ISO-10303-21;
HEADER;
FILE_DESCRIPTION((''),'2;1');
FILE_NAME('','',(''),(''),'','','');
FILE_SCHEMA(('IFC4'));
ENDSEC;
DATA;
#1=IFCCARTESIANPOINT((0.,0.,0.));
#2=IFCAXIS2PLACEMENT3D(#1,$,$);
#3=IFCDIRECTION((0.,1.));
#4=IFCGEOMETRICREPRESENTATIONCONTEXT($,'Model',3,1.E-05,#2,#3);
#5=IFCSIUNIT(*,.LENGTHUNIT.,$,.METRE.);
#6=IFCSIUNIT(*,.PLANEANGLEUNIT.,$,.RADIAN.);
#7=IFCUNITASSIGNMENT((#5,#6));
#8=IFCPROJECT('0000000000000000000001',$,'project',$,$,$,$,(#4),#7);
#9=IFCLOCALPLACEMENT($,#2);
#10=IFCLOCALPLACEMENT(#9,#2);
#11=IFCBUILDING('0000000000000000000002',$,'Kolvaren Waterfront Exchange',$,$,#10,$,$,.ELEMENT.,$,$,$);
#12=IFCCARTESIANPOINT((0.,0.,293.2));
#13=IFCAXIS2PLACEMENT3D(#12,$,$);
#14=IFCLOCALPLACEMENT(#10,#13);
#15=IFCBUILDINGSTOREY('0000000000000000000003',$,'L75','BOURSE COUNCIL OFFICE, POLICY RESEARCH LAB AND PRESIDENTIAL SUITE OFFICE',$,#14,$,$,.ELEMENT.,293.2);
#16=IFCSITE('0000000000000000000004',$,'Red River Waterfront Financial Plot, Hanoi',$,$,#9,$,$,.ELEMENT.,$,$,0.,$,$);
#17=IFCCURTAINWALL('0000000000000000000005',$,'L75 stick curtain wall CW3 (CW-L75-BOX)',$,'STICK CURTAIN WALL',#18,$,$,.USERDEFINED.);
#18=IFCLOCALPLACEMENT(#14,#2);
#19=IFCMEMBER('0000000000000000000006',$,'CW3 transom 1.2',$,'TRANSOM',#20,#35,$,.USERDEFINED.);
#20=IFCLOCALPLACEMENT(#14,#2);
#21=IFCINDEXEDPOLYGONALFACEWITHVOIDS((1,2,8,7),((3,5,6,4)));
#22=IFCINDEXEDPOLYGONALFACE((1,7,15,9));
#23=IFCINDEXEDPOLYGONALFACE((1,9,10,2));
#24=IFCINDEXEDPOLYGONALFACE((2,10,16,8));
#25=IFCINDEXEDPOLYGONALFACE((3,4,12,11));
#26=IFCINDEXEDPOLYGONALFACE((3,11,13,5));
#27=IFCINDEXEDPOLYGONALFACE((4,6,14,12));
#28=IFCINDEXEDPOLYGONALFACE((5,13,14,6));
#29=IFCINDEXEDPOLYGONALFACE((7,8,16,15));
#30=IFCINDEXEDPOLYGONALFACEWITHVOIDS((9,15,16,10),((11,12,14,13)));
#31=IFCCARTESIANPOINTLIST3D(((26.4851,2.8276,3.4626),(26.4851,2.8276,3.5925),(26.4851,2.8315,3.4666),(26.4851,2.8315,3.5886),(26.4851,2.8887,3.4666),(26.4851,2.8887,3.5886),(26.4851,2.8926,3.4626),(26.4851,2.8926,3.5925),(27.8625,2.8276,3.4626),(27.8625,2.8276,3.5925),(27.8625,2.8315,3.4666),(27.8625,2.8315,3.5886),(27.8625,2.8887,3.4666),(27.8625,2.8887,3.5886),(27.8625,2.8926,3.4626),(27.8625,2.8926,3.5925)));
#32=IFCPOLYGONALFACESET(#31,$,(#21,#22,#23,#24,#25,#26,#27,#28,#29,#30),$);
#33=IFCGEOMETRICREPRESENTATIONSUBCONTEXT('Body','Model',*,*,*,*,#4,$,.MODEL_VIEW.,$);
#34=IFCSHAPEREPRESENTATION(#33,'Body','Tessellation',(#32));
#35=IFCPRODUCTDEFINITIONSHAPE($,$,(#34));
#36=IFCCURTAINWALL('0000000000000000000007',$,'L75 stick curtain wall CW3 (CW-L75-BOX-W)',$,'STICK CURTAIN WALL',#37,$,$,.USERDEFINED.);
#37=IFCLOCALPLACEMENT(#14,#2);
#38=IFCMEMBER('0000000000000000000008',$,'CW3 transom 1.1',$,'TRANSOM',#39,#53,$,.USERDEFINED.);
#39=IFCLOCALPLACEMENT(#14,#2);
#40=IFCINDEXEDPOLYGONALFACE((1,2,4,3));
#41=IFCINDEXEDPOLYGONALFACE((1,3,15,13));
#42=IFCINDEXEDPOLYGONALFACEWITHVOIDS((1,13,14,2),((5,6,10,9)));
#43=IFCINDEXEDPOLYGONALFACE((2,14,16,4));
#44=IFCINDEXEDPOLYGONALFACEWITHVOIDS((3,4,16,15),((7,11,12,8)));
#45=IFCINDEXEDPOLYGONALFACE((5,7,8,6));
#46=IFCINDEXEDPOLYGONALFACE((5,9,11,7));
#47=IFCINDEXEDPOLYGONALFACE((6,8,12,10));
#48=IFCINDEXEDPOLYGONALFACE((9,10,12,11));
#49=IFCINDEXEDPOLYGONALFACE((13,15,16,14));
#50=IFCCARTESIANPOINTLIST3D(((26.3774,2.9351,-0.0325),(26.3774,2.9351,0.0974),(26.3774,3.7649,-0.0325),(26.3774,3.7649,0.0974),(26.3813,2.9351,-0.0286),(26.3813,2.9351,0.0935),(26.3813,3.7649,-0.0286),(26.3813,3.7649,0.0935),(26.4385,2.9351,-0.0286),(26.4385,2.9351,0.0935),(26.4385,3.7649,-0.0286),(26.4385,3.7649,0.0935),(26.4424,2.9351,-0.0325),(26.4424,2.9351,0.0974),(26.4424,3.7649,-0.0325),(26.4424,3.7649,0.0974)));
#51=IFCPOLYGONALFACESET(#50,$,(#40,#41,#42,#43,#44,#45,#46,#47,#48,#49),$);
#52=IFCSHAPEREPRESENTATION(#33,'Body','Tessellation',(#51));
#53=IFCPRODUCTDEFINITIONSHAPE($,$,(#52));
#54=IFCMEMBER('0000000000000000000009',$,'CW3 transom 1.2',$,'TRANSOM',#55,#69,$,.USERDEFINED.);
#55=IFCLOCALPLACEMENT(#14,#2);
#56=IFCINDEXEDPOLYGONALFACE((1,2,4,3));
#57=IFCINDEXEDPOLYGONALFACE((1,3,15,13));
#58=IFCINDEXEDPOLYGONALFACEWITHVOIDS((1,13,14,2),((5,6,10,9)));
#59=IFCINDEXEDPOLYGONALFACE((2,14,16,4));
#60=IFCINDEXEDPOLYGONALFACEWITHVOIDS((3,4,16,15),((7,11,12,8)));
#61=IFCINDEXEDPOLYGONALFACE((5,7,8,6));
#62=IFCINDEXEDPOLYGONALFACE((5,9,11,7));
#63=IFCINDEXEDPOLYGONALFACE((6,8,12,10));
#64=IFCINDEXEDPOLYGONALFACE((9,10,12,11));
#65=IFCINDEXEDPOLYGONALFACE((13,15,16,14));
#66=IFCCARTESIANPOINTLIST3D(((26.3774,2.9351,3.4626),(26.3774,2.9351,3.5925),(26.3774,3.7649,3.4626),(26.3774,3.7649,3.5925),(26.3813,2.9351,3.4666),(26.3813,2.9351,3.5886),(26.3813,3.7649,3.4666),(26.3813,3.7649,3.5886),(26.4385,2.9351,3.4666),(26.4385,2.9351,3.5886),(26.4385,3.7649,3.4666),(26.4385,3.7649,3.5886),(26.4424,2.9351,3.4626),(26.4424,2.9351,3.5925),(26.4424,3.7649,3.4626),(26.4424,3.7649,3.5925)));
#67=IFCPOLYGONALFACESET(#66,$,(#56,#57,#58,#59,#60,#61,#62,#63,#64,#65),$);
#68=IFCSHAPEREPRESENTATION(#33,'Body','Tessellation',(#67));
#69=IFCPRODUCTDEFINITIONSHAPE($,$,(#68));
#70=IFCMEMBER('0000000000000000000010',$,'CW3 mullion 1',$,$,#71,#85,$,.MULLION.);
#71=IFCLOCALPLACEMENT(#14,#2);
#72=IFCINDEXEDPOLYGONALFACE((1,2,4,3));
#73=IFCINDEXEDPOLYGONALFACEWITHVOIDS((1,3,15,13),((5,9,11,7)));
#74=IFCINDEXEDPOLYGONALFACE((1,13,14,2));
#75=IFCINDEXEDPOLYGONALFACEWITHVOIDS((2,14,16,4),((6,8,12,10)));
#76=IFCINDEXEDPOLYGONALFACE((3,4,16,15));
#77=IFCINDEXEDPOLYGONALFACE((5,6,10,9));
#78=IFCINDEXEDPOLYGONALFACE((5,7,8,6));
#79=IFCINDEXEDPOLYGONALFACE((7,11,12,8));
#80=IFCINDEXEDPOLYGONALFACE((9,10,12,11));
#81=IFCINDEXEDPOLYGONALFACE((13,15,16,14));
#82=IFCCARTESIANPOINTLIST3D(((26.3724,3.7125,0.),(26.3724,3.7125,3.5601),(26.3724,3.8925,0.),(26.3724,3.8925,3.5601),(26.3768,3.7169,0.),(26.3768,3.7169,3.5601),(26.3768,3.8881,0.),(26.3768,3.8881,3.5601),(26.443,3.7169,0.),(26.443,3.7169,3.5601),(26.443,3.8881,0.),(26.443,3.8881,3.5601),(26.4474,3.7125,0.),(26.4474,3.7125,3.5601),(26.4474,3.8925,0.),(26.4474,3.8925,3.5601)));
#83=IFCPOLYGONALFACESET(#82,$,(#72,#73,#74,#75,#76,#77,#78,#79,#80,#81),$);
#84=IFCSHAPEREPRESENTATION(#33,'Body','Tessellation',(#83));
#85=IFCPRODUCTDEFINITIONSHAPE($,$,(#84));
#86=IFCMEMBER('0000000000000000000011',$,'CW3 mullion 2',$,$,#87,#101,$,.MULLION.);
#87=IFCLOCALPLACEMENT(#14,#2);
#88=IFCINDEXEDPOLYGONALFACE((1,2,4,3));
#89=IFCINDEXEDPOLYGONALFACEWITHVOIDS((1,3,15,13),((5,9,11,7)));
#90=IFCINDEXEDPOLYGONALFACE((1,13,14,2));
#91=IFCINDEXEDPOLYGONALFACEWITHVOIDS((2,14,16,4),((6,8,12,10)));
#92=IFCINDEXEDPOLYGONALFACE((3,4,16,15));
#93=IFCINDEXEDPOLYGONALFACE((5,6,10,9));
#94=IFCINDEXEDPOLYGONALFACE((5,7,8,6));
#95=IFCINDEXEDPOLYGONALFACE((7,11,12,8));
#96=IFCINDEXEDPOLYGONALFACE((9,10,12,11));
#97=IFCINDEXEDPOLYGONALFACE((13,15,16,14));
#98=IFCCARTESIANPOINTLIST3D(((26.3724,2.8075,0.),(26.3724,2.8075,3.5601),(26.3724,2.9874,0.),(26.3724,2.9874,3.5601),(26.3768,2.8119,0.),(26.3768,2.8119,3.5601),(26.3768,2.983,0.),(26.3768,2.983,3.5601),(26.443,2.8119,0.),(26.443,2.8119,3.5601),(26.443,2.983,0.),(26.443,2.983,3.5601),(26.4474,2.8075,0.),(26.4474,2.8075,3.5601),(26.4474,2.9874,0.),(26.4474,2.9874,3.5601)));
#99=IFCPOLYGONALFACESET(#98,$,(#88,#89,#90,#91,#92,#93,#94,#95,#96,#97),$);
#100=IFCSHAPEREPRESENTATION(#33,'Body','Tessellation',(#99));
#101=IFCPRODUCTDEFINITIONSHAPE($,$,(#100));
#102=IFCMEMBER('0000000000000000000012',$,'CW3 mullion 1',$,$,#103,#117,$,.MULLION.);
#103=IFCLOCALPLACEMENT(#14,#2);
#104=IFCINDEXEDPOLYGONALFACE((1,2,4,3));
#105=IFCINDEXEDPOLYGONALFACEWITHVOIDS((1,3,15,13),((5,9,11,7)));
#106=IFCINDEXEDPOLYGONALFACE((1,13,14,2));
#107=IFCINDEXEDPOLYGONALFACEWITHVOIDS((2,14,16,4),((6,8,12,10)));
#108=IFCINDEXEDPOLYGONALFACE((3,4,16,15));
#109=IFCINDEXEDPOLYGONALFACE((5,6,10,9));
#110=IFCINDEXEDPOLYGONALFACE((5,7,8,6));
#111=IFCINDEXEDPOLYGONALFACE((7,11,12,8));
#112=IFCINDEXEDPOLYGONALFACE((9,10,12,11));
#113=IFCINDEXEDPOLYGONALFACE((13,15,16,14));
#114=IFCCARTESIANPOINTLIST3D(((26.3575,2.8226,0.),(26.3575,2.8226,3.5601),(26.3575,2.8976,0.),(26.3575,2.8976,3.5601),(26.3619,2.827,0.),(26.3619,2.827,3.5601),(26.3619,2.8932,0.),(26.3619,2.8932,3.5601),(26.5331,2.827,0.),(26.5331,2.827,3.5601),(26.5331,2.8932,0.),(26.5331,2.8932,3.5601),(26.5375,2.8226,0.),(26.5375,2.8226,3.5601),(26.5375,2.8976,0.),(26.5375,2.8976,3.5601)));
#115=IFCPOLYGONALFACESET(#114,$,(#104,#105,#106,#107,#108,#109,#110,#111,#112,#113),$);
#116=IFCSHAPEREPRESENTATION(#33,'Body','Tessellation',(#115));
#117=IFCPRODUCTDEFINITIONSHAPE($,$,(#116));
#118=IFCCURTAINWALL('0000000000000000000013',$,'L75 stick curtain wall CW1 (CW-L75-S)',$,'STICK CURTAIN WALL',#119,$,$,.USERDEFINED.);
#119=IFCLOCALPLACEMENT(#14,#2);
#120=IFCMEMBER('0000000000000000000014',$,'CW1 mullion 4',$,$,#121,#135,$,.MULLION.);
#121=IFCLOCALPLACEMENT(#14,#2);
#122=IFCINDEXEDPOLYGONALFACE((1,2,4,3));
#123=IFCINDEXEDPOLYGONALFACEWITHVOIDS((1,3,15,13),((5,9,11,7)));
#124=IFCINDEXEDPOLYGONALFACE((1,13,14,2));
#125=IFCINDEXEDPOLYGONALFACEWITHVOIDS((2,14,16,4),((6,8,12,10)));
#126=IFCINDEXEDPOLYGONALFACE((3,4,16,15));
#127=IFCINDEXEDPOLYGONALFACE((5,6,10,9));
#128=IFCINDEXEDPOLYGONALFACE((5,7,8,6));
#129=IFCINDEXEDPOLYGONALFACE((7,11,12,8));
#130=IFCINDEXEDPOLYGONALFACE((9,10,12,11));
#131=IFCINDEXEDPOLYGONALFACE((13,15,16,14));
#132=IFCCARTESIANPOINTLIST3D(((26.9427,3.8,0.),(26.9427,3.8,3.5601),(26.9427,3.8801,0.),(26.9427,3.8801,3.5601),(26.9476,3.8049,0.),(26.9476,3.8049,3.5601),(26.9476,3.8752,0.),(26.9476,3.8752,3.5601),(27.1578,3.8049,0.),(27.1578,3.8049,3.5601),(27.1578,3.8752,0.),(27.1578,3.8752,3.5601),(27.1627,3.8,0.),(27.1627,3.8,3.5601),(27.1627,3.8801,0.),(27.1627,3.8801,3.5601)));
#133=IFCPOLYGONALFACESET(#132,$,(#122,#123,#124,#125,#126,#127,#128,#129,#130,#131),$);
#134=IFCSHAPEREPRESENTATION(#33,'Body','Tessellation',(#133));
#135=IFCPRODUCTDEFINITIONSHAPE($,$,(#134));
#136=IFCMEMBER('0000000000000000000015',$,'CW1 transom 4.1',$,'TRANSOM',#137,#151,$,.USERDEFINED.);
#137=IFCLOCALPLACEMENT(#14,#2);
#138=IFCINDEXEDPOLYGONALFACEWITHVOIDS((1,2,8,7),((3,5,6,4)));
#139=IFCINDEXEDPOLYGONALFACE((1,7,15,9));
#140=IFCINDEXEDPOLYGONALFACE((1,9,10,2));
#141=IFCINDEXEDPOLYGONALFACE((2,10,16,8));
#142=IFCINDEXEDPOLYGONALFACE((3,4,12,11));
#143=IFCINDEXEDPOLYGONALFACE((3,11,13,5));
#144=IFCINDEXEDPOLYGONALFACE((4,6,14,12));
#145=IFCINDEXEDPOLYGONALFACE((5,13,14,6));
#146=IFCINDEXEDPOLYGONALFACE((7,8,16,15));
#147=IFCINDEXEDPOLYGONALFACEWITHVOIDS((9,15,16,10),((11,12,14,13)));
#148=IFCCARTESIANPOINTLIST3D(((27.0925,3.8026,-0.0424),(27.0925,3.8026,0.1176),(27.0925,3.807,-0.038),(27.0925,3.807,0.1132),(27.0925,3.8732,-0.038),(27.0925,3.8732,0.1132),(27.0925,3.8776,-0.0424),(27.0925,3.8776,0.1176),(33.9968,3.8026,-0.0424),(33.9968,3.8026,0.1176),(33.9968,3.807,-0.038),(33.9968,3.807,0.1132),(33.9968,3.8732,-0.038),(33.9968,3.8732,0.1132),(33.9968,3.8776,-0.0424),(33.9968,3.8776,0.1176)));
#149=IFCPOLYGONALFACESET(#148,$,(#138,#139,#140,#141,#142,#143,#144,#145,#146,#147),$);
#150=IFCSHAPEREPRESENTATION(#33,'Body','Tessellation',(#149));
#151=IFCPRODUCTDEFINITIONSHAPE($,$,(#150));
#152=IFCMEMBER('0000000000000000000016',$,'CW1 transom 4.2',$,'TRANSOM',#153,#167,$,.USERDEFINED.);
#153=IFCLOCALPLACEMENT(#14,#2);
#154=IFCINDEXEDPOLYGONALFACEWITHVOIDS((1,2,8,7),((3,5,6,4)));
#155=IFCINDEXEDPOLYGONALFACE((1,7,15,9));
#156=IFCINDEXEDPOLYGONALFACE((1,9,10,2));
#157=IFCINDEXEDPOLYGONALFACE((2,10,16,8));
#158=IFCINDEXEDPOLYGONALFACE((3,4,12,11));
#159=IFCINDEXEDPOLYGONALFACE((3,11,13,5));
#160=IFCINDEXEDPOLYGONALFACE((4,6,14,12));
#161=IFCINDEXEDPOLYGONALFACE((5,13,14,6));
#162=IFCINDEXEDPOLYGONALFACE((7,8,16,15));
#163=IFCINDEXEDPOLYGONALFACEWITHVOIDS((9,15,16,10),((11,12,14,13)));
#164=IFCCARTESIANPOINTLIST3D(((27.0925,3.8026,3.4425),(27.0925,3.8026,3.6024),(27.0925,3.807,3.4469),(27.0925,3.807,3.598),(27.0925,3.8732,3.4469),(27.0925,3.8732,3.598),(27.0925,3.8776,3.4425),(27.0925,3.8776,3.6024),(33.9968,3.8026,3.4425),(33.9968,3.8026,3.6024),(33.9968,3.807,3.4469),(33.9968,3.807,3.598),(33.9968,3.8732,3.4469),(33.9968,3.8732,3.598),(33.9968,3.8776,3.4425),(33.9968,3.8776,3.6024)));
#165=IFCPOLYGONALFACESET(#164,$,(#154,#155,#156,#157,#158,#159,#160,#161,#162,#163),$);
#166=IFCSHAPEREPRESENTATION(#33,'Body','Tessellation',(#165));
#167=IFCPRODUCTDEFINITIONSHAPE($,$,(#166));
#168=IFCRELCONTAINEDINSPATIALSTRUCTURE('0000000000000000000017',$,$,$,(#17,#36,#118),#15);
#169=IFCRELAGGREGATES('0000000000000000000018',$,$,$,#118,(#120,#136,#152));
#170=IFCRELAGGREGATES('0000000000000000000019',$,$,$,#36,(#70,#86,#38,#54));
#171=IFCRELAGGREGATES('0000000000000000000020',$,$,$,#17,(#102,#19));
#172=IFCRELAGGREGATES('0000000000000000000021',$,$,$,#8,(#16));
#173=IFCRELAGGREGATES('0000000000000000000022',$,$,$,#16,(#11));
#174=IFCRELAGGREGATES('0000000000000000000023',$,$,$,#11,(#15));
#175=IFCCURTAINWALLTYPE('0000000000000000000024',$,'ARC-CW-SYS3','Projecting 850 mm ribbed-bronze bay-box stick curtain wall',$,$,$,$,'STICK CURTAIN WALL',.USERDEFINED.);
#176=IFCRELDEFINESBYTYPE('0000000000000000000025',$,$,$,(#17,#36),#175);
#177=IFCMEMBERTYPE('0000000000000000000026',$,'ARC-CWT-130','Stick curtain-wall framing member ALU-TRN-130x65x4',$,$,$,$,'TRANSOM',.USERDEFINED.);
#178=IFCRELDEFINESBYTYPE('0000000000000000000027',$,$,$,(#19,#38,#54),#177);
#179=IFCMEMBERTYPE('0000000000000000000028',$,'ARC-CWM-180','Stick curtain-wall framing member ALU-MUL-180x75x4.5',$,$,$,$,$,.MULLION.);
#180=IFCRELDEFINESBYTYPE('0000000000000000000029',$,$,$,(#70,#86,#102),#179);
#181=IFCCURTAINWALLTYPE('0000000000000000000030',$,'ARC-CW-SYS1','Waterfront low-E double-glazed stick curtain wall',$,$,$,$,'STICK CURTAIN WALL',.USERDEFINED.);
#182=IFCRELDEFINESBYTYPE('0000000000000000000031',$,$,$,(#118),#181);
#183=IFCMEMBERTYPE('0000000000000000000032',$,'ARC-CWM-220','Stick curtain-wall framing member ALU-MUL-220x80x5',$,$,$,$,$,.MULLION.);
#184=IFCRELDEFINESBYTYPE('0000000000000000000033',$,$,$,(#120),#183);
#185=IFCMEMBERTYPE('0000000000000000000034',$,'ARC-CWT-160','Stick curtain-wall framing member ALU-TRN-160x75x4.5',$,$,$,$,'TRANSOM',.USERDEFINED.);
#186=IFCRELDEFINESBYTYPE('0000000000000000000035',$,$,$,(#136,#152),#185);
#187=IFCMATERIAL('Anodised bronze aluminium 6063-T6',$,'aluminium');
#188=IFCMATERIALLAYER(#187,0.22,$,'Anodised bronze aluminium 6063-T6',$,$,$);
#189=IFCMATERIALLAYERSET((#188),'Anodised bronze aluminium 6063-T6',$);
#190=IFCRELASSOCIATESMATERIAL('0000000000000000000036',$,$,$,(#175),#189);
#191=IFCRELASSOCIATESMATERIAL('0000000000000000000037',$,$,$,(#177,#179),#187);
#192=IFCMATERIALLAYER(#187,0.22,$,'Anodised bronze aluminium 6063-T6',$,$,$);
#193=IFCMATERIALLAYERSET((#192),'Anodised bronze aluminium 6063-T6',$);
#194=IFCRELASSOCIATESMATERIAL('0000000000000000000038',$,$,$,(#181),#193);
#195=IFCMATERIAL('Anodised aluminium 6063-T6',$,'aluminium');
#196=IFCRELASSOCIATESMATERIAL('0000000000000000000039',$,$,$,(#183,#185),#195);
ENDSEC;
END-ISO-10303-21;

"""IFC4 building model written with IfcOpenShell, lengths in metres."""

from ifc_helpers import new_model, si_unit, direction, frame, origin, origin_with_axes, origin_2d, place, context, subcontext, project, spatial, hollow_rectangle, extrude, source, transform, mapped, material, layer, layer_set, material_profile, profile_set, type_object, element, aggregate, save


model = new_model("IFC4")

# Units and contexts
model_context = context("Model", 3, precision=1e-05, world=origin(), true_north=direction((0.0, 1.0)))
body_context = subcontext(model_context, "Body", "Model", "MODEL_VIEW")
ifc_project = project(units=[si_unit("LENGTHUNIT", "METRE"), si_unit("PLANEANGLEUNIT", "RADIAN")], contexts=[model_context])

# Site, building, storey
site_placement = place(None, origin())
site = spatial("IfcSite", under=ifc_project, at=site_placement, Name="Red River Waterfront Financial Plot, Hanoi", CompositionType="ELEMENT", RefElevation=0.0)
building_placement = place(site_placement, origin())
building = spatial("IfcBuilding", under=site, at=building_placement, Name="Kolvaren Waterfront Exchange", CompositionType="ELEMENT")
storey_placement = place(building_placement, frame((0.0, 0.0, 293.2)))
storey = spatial("IfcBuildingStorey", under=building, at=storey_placement, Name="L75", Description="BOURSE COUNCIL OFFICE, POLICY RESEARCH LAB AND PRESIDENTIAL SUITE OFFICE", CompositionType="ELEMENT", Elevation=293.2)

# Curtain walls, members
ifc_material_1 = material(Name="Anodised bronze aluminium 6063-T6", Category="aluminium")
ifc_layer_1 = layer(ifc_material_1, 0.22, Name="Anodised bronze aluminium 6063-T6")
ifc_layer_set_1 = layer_set([ifc_layer_1], Name="Anodised bronze aluminium 6063-T6")
curtain_wall_type_1 = type_object("IfcCurtainWallType", Name="ARC-CW-SYS3", Description="Projecting 850 mm ribbed-bronze bay-box stick curtain wall", ElementType="STICK CURTAIN WALL", PredefinedType="USERDEFINED", material=ifc_layer_set_1)
curtain_wall_1_placement = place(storey_placement, origin())
curtain_wall_1 = element("IfcCurtainWall", 1, at=curtain_wall_1_placement, inside=storey, type_object=curtain_wall_type_1, Name="L75 stick curtain wall CW3 (CW-L75-BOX)", ObjectType="STICK CURTAIN WALL", PredefinedType="USERDEFINED")
ifc_material_profile_1 = material_profile(ifc_material_1, hollow_rectangle(XDim=0.0649, YDim=0.1299, WallThickness=0.0039, at=origin_2d()), Name="ALU-TRN-130x65x4")
ifc_profile_set_1 = profile_set([ifc_material_profile_1], Name="Anodised bronze aluminium 6063-T6")
member_type_1 = type_object("IfcMemberType", Name="ARC-CWT-130", Description="Stick curtain-wall framing member ALU-TRN-130x65x4", ElementType="TRANSOM", PredefinedType="USERDEFINED", material=ifc_profile_set_1)
shared_shape_1 = source(origin_with_axes(), body_context, "Body", "SweptSolid", [
    extrude(hollow_rectangle(XDim=0.0649, YDim=0.1299, WallThickness=0.0039, at=origin_2d()), origin(), (0.0, 0.0, 1.0), 1.3774),
])
member_1_placement = place(storey_placement, frame((26.4851, 2.8601, 3.5276), z_axis=(1.0, 0.0, 0.0), x_axis=(0.0, 1.0, 0.0)))
member_1 = element("IfcMember", 2, at=member_1_placement, type_object=member_type_1, Name="CW3 transom 1.2", ObjectType="TRANSOM", PredefinedType="USERDEFINED", context=body_context, shape_type="MappedRepresentation", body=[
    mapped(shared_shape_1, transform((0.0, 0.0, 0.0), x_axis=(1.0, 0.0, 0.0), y_axis=(0.0, 1.0, 0.0), z_axis=(0.0, 0.0, 1.0), scale=1.0)),
])
curtain_wall_2_placement = place(storey_placement, origin())
curtain_wall_2 = element("IfcCurtainWall", 3, at=curtain_wall_2_placement, inside=storey, type_object=curtain_wall_type_1, Name="L75 stick curtain wall CW3 (CW-L75-BOX-W)", ObjectType="STICK CURTAIN WALL", PredefinedType="USERDEFINED")
shared_shape_2 = source(origin_with_axes(), body_context, "Body", "SweptSolid", [
    extrude(hollow_rectangle(XDim=0.0649, YDim=0.1299, WallThickness=0.0039, at=origin_2d()), origin(), (0.0, 0.0, 1.0), 0.8298),
])
member_2_placement = place(storey_placement, frame((26.4099, 3.7649, 0.0325), z_axis=(0.0, -1.0, 0.0), x_axis=(1.0, 0.0, 0.0)))
member_2 = element("IfcMember", 4, at=member_2_placement, type_object=member_type_1, Name="CW3 transom 1.1", ObjectType="TRANSOM", PredefinedType="USERDEFINED", context=body_context, shape_type="MappedRepresentation", body=[
    mapped(shared_shape_2, transform((0.0, 0.0, 0.0), x_axis=(1.0, 0.0, 0.0), y_axis=(0.0, 1.0, 0.0), z_axis=(0.0, 0.0, 1.0), scale=1.0)),
])
member_3_placement = place(storey_placement, frame((26.4099, 3.7649, 3.5276), z_axis=(0.0, -1.0, 0.0), x_axis=(1.0, 0.0, 0.0)))
member_3 = element("IfcMember", 5, at=member_3_placement, type_object=member_type_1, Name="CW3 transom 1.2", ObjectType="TRANSOM", PredefinedType="USERDEFINED", context=body_context, shape_type="MappedRepresentation", body=[
    mapped(shared_shape_2, transform((0.0, 0.0, 0.0), x_axis=(1.0, 0.0, 0.0), y_axis=(0.0, 1.0, 0.0), z_axis=(0.0, 0.0, 1.0), scale=1.0)),
])
ifc_material_profile_2 = material_profile(ifc_material_1, hollow_rectangle(XDim=0.075, YDim=0.1799, WallThickness=0.0044, at=origin_2d()), Name="ALU-MUL-180x75x4.5")
ifc_profile_set_2 = profile_set([ifc_material_profile_2], Name="Anodised bronze aluminium 6063-T6")
member_type_2 = type_object("IfcMemberType", Name="ARC-CWM-180", Description="Stick curtain-wall framing member ALU-MUL-180x75x4.5", PredefinedType="MULLION", material=ifc_profile_set_2)
shared_shape_3 = source(origin_with_axes(), body_context, "Body", "SweptSolid", [
    extrude(hollow_rectangle(XDim=0.075, YDim=0.1799, WallThickness=0.0044, at=origin_2d()), origin(), (0.0, 0.0, 1.0), 3.5601),
])
member_4_placement = place(storey_placement, frame((26.4099, 3.8025, 0.0), z_axis=(0.0, 0.0, 1.0), x_axis=(1.0, 0.0, 0.0)))
member_4 = element("IfcMember", 6, at=member_4_placement, type_object=member_type_2, Name="CW3 mullion 1", PredefinedType="MULLION", context=body_context, shape_type="MappedRepresentation", body=[
    mapped(shared_shape_3, transform((0.0, 0.0, 0.0), x_axis=(1.0, 0.0, 0.0), y_axis=(0.0, 1.0, 0.0), z_axis=(0.0, 0.0, 1.0), scale=1.0)),
])
member_5_placement = place(storey_placement, frame((26.4099, 2.8975, 0.0), z_axis=(0.0, 0.0, 1.0), x_axis=(1.0, 0.0, 0.0)))
member_5 = element("IfcMember", 7, at=member_5_placement, type_object=member_type_2, Name="CW3 mullion 2", PredefinedType="MULLION", context=body_context, shape_type="MappedRepresentation", body=[
    mapped(shared_shape_3, transform((0.0, 0.0, 0.0), x_axis=(1.0, 0.0, 0.0), y_axis=(0.0, 1.0, 0.0), z_axis=(0.0, 0.0, 1.0), scale=1.0)),
])

# Member
member_6_placement = place(storey_placement, frame((26.4475, 2.8601, 0.0), z_axis=(0.0, 0.0, 1.0), x_axis=(0.0, 1.0, 0.0)))
member_6 = element("IfcMember", 8, at=member_6_placement, type_object=member_type_2, Name="CW3 mullion 1", PredefinedType="MULLION", context=body_context, shape_type="MappedRepresentation", body=[
    mapped(shared_shape_3, transform((0.0, 0.0, 0.0), x_axis=(1.0, 0.0, 0.0), y_axis=(0.0, 1.0, 0.0), z_axis=(0.0, 0.0, 1.0), scale=1.0)),
])

# Curtain wall, members
ifc_layer_2 = layer(ifc_material_1, 0.22, Name="Anodised bronze aluminium 6063-T6")
ifc_layer_set_2 = layer_set([ifc_layer_2], Name="Anodised bronze aluminium 6063-T6")
curtain_wall_type_2 = type_object("IfcCurtainWallType", Name="ARC-CW-SYS1", Description="Waterfront low-E double-glazed stick curtain wall", ElementType="STICK CURTAIN WALL", PredefinedType="USERDEFINED", material=ifc_layer_set_2)
curtain_wall_3_placement = place(storey_placement, origin())
curtain_wall_3 = element("IfcCurtainWall", 9, at=curtain_wall_3_placement, inside=storey, type_object=curtain_wall_type_2, Name="L75 stick curtain wall CW1 (CW-L75-S)", ObjectType="STICK CURTAIN WALL", PredefinedType="USERDEFINED")
ifc_material_2 = material(Name="Anodised aluminium 6063-T6", Category="aluminium")
ifc_material_profile_3 = material_profile(ifc_material_2, hollow_rectangle(XDim=0.0801, YDim=0.22, WallThickness=0.0049, at=origin_2d()), Name="ALU-MUL-220x80x5")
ifc_profile_set_3 = profile_set([ifc_material_profile_3], Name="Anodised aluminium 6063-T6")
member_type_3 = type_object("IfcMemberType", Name="ARC-CWM-220", Description="Stick curtain-wall framing member ALU-MUL-220x80x5", PredefinedType="MULLION", material=ifc_profile_set_3)
shared_shape_4 = source(origin_with_axes(), body_context, "Body", "SweptSolid", [
    extrude(hollow_rectangle(XDim=0.0801, YDim=0.22, WallThickness=0.0049, at=origin_2d()), origin(), (0.0, 0.0, 1.0), 3.5601),
])
member_7_placement = place(storey_placement, frame((27.0527, 3.8401, 0.0), z_axis=(0.0, 0.0, 1.0), x_axis=(0.0, 1.0, 0.0)))
member_7 = element("IfcMember", 10, at=member_7_placement, type_object=member_type_3, Name="CW1 mullion 4", PredefinedType="MULLION", context=body_context, shape_type="MappedRepresentation", body=[
    mapped(shared_shape_4, transform((0.0, 0.0, 0.0), x_axis=(1.0, 0.0, 0.0), y_axis=(0.0, 1.0, 0.0), z_axis=(0.0, 0.0, 1.0), scale=1.0)),
])
ifc_material_profile_4 = material_profile(ifc_material_2, hollow_rectangle(XDim=0.075, YDim=0.1599, WallThickness=0.0044, at=origin_2d()), Name="ALU-TRN-160x75x4.5")
ifc_profile_set_4 = profile_set([ifc_material_profile_4], Name="Anodised aluminium 6063-T6")
member_type_4 = type_object("IfcMemberType", Name="ARC-CWT-160", Description="Stick curtain-wall framing member ALU-TRN-160x75x4.5", ElementType="TRANSOM", PredefinedType="USERDEFINED", material=ifc_profile_set_4)
shared_shape_5 = source(origin_with_axes(), body_context, "Body", "SweptSolid", [
    extrude(hollow_rectangle(XDim=0.075, YDim=0.1599, WallThickness=0.0044, at=origin_2d()), origin(), (0.0, 0.0, 1.0), 6.9043),
])
member_8_placement = place(storey_placement, frame((27.0925, 3.8401, 0.0376), z_axis=(1.0, 0.0, 0.0), x_axis=(0.0, 1.0, 0.0)))
member_8 = element("IfcMember", 11, at=member_8_placement, type_object=member_type_4, Name="CW1 transom 4.1", ObjectType="TRANSOM", PredefinedType="USERDEFINED", context=body_context, shape_type="MappedRepresentation", body=[
    mapped(shared_shape_5, transform((0.0, 0.0, 0.0), x_axis=(1.0, 0.0, 0.0), y_axis=(0.0, 1.0, 0.0), z_axis=(0.0, 0.0, 1.0), scale=1.0)),
])
member_9_placement = place(storey_placement, frame((27.0925, 3.8401, 3.5225), z_axis=(1.0, 0.0, 0.0), x_axis=(0.0, 1.0, 0.0)))
member_9 = element("IfcMember", 12, at=member_9_placement, type_object=member_type_4, Name="CW1 transom 4.2", ObjectType="TRANSOM", PredefinedType="USERDEFINED", context=body_context, shape_type="MappedRepresentation", body=[
    mapped(shared_shape_5, transform((0.0, 0.0, 0.0), x_axis=(1.0, 0.0, 0.0), y_axis=(0.0, 1.0, 0.0), z_axis=(0.0, 0.0, 1.0), scale=1.0)),
])
aggregate(curtain_wall_3, [member_7, member_8, member_9])

aggregate(curtain_wall_2, [member_4, member_5, member_2, member_3])
aggregate(curtain_wall_1, [member_6, member_1])

save(model, "model.ifc")
